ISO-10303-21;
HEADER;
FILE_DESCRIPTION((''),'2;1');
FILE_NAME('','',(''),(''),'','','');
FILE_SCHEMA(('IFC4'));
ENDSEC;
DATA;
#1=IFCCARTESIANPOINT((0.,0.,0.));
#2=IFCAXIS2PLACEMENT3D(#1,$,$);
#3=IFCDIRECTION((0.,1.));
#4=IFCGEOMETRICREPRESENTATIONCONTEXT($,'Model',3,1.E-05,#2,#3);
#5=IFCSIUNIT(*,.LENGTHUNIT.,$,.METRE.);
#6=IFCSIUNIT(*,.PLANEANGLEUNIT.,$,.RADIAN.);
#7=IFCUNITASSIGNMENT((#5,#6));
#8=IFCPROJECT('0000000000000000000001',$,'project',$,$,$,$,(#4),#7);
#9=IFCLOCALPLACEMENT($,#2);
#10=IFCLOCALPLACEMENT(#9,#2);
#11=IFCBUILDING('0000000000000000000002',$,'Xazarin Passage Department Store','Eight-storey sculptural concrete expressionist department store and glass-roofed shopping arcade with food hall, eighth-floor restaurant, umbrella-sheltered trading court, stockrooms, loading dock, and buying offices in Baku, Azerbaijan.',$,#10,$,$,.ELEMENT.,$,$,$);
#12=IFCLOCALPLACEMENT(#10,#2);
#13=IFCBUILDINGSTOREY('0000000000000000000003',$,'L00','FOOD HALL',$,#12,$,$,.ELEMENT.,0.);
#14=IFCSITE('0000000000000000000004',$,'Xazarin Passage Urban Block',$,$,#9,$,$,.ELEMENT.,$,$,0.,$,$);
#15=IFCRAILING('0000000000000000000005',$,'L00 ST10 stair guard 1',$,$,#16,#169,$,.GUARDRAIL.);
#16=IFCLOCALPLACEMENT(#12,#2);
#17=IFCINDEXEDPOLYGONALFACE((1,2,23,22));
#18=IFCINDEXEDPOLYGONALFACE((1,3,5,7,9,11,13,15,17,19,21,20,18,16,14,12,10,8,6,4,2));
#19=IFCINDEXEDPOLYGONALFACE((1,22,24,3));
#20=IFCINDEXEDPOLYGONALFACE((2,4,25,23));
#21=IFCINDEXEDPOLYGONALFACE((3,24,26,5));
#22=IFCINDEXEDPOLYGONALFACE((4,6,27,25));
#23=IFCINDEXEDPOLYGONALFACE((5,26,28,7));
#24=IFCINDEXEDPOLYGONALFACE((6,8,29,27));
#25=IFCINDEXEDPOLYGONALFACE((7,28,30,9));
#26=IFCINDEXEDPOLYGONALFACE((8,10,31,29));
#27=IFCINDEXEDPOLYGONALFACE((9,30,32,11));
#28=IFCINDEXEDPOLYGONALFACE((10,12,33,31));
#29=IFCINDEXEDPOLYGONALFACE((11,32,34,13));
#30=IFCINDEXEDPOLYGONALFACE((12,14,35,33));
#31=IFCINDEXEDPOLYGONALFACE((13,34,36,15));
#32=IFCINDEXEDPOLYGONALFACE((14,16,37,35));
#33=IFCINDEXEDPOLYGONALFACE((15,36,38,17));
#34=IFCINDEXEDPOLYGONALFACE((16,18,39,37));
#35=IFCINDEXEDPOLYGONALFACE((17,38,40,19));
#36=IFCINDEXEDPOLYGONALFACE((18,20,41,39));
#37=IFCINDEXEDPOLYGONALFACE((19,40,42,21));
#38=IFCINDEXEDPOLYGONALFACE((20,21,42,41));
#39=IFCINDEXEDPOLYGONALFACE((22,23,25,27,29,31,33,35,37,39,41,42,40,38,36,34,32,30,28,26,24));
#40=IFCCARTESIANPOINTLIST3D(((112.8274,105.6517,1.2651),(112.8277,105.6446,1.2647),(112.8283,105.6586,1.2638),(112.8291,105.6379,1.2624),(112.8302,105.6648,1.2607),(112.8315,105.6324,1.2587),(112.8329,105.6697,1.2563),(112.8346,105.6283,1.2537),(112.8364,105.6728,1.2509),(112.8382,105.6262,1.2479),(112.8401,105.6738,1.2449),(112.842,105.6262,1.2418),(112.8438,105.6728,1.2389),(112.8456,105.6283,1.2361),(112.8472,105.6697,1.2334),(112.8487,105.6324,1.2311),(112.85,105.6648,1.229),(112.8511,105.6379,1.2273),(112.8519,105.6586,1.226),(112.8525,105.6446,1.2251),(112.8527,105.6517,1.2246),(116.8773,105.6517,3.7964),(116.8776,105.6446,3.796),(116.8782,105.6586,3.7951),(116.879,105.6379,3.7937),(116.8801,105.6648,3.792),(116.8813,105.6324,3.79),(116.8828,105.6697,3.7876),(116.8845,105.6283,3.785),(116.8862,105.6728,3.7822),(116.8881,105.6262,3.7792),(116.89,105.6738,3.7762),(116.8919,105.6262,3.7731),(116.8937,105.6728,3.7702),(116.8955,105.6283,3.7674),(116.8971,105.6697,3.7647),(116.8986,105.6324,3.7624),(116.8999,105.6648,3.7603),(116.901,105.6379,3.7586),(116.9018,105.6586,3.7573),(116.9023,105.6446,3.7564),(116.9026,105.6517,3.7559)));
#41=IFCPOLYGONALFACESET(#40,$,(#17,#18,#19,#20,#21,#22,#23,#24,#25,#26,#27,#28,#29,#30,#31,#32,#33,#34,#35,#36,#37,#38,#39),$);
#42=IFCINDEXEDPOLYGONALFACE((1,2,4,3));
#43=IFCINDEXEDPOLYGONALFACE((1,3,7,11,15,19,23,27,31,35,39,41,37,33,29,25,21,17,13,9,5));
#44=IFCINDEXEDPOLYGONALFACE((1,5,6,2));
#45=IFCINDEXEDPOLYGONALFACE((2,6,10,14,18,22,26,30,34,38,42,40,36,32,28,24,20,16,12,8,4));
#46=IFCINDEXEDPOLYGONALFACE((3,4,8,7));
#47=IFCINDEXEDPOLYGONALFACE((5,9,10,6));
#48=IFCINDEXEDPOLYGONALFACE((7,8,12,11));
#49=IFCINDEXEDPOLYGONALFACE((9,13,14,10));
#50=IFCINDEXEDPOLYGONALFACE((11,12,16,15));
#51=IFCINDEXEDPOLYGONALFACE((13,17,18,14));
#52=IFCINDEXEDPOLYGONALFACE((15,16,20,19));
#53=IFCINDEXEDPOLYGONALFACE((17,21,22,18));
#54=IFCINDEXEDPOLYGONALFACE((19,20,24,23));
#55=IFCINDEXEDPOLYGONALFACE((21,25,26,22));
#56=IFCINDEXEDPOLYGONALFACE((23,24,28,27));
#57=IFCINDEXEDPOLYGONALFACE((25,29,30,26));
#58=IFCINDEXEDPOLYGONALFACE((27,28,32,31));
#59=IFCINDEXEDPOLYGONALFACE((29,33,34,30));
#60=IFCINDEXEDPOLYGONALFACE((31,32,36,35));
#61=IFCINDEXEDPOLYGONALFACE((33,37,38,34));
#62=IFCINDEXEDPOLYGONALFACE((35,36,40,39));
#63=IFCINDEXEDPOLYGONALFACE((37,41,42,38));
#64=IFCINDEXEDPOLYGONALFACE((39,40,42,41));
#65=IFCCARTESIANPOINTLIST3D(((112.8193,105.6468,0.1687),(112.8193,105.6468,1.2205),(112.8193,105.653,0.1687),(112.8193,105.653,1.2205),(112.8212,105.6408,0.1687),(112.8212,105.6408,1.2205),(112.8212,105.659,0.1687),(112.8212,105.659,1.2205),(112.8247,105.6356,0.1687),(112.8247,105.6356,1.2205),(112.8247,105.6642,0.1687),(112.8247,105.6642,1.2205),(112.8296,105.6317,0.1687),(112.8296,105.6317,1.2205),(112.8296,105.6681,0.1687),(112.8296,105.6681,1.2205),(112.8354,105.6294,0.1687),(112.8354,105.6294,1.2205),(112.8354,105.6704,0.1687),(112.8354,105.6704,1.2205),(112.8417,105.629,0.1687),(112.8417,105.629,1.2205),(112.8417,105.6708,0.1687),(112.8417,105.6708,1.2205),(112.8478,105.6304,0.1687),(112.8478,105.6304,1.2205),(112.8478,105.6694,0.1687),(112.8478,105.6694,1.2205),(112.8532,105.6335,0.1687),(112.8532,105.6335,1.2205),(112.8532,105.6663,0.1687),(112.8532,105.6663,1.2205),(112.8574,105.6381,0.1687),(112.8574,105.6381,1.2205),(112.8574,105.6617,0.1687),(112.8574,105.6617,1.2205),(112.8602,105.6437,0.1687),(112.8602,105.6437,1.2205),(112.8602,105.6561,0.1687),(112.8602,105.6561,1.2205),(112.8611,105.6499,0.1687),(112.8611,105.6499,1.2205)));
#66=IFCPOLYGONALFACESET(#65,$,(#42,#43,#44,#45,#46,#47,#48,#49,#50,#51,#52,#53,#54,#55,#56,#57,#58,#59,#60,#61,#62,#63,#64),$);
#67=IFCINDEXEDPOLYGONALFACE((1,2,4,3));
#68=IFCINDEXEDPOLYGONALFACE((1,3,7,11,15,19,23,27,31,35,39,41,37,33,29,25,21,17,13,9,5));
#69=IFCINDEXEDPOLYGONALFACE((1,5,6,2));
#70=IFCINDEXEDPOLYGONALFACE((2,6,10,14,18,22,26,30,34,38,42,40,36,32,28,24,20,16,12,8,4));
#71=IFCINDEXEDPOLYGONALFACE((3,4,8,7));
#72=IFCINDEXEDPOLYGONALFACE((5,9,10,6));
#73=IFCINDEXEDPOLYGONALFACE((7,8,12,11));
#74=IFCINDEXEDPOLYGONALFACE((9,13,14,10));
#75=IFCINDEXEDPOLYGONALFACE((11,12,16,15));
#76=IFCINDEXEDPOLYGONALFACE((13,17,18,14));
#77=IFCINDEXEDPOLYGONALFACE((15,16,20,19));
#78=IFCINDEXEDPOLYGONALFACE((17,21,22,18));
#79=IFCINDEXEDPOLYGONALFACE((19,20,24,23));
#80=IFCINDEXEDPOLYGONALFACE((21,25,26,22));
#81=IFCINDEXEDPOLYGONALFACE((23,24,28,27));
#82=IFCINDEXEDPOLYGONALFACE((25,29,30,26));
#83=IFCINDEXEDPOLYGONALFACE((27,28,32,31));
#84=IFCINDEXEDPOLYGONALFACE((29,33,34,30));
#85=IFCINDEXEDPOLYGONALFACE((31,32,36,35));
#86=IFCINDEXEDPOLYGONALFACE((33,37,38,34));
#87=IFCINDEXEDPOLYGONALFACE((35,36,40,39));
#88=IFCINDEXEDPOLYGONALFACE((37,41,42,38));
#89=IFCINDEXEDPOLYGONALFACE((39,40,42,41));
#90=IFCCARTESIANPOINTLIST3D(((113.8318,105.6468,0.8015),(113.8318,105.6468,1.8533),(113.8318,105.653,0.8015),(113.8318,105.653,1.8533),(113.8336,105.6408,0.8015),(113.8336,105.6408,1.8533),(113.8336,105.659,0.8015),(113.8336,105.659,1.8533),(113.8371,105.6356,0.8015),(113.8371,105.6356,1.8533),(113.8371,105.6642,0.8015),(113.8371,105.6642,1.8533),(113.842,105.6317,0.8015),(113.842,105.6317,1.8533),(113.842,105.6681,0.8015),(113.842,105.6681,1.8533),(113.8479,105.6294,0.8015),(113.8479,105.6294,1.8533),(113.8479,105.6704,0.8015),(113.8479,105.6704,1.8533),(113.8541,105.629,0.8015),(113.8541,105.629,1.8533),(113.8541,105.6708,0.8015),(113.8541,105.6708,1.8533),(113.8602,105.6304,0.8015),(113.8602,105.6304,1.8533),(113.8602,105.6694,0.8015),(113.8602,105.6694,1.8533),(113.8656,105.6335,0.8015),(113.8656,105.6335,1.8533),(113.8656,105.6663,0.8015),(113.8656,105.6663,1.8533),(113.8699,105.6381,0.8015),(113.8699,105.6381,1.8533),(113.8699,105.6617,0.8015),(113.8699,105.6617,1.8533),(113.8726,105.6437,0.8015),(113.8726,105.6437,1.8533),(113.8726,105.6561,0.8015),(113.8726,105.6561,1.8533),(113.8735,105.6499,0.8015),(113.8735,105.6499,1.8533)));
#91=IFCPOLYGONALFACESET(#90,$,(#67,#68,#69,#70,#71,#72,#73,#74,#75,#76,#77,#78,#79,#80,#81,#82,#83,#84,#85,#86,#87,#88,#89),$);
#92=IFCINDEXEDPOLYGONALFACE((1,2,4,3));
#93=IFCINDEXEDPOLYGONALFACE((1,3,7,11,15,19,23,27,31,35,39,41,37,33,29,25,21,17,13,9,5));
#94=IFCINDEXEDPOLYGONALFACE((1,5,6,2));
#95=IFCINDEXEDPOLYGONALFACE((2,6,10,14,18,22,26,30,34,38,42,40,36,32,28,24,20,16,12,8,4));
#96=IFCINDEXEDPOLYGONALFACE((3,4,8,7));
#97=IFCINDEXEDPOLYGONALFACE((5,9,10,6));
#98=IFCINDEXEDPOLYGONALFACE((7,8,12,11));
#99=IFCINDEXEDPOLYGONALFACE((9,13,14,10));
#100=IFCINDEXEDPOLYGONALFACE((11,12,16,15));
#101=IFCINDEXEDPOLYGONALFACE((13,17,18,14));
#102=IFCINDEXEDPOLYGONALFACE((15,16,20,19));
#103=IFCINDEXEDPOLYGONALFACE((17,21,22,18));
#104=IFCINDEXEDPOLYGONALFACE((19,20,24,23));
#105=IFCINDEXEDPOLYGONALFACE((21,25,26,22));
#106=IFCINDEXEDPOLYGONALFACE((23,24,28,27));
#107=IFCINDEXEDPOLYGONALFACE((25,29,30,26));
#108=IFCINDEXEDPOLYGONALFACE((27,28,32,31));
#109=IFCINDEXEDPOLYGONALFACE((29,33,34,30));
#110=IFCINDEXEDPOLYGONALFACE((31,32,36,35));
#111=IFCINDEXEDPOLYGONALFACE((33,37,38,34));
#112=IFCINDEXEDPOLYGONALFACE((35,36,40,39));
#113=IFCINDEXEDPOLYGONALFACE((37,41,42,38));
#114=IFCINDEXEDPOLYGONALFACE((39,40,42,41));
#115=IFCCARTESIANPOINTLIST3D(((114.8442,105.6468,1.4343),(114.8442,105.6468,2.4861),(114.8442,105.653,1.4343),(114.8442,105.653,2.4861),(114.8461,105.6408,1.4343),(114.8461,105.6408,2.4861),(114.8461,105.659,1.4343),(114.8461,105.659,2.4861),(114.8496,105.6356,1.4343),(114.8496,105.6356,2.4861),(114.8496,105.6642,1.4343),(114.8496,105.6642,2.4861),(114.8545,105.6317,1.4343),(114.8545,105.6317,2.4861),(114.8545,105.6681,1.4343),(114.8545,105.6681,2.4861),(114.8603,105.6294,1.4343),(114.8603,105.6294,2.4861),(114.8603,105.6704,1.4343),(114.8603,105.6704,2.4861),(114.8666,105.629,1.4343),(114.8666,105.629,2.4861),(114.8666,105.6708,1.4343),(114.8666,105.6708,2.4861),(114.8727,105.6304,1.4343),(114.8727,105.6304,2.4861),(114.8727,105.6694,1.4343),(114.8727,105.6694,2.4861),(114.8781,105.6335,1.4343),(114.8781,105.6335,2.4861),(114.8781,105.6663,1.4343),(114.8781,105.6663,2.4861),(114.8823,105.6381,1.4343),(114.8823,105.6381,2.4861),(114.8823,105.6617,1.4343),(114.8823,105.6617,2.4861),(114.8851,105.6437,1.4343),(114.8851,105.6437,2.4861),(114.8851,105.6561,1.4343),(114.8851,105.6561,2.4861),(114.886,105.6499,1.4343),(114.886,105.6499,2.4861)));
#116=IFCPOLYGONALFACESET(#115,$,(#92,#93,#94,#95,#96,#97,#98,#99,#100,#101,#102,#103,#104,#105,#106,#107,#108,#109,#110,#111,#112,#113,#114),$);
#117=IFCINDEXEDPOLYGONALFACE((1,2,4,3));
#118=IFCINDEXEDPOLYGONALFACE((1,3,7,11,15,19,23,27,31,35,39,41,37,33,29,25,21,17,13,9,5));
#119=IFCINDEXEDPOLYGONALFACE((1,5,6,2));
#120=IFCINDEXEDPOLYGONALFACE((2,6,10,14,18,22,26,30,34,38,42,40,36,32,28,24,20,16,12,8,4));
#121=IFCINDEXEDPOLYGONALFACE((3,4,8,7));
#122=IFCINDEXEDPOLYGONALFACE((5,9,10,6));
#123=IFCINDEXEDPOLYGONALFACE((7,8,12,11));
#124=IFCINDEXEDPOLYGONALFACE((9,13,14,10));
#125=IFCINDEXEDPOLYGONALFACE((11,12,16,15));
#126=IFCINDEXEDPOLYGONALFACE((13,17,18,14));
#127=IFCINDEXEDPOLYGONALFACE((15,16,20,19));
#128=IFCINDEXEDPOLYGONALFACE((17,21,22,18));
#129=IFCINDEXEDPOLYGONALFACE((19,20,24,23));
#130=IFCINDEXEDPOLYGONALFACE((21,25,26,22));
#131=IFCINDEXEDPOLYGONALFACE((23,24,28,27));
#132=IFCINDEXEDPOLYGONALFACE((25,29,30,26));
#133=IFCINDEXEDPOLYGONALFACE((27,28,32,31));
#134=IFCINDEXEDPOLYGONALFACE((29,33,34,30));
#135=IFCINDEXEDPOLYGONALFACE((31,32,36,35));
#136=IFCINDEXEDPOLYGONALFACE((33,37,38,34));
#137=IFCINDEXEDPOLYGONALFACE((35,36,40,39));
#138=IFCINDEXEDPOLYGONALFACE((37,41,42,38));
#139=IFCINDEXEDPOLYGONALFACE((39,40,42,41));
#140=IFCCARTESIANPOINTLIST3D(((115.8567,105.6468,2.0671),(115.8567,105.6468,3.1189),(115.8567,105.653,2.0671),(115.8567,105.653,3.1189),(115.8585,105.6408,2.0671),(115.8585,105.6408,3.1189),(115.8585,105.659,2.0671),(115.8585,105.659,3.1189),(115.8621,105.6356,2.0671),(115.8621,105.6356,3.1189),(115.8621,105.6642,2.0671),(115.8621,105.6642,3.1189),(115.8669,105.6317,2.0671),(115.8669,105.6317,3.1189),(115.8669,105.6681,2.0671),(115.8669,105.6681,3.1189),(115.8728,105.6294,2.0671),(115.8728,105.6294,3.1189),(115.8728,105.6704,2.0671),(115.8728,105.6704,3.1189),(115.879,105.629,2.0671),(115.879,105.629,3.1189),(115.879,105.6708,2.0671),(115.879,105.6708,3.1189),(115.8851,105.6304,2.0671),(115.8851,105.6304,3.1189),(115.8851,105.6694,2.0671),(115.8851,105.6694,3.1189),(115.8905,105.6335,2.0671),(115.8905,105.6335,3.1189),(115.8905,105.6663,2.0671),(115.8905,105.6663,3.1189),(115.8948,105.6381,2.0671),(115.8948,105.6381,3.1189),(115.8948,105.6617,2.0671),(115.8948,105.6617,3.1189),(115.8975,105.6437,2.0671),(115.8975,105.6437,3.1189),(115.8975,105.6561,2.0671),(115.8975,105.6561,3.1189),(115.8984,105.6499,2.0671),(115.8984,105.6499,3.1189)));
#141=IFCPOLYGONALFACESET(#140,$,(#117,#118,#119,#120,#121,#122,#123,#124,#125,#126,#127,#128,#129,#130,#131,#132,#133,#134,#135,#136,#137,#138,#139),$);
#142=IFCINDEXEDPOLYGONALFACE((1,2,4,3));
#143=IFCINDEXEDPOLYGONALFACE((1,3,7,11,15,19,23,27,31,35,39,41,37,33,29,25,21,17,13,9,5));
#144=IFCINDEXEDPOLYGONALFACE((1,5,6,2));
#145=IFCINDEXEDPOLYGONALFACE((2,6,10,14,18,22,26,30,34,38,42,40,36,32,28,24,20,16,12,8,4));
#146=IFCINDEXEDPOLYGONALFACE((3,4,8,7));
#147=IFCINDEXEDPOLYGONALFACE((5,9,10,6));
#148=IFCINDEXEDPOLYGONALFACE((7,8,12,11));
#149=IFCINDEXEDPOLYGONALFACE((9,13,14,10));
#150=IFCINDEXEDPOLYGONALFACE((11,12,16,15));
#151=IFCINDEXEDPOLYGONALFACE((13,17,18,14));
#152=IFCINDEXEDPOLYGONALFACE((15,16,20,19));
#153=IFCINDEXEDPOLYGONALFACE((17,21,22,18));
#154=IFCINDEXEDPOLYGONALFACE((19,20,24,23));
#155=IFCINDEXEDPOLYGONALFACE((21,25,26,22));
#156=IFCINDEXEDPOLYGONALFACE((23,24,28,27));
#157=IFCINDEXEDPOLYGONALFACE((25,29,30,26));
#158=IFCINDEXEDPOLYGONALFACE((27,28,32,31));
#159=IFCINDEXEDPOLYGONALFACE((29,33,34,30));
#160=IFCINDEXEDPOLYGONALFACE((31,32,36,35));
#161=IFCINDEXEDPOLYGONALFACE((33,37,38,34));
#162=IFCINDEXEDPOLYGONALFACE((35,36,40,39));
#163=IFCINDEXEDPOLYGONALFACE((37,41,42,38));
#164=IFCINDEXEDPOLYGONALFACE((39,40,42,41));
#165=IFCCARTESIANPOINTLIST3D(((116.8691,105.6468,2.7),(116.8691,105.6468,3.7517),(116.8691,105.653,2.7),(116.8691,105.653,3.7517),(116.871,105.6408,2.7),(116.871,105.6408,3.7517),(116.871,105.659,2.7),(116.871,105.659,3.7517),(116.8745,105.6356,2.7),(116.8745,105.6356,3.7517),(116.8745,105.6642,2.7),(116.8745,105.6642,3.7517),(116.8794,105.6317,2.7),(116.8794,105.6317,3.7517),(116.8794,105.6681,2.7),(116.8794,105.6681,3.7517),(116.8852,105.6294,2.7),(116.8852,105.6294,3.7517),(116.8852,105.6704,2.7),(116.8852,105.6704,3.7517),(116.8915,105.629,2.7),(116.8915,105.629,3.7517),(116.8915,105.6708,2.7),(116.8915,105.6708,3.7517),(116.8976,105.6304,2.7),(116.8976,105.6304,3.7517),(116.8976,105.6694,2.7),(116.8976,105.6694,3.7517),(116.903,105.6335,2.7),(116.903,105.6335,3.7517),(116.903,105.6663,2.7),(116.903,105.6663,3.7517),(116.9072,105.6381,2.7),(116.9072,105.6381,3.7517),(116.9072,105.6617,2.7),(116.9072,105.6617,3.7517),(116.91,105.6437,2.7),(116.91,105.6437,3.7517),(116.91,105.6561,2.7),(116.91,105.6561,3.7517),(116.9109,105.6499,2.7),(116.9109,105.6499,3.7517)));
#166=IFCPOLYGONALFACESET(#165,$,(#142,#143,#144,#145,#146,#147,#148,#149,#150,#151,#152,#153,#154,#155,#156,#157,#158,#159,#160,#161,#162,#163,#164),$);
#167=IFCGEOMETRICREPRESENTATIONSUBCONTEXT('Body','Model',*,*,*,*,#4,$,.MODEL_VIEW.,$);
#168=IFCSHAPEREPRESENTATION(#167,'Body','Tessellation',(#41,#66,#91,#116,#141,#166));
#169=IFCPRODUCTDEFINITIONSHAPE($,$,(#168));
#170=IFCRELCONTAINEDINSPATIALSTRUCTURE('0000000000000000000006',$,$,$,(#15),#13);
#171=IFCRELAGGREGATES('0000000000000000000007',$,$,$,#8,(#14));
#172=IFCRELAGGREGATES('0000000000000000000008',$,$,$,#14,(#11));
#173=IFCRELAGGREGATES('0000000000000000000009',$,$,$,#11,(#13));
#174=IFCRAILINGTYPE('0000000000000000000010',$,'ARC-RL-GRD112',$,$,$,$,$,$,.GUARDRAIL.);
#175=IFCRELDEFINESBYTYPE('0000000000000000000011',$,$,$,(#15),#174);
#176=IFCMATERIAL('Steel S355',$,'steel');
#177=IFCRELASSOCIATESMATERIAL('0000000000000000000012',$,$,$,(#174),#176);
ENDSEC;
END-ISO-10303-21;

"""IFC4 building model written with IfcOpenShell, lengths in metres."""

from ifc_helpers import new_model, si_unit, direction, frame, origin, origin_2d, place, context, subcontext, project, spatial, circle, extrude, material, type_object, element, save


model = new_model("IFC4")

# Units and contexts
model_context = context("Model", 3, precision=1e-05, world=origin(), true_north=direction((0.0, 1.0)))
body_context = subcontext(model_context, "Body", "Model", "MODEL_VIEW")
ifc_project = project(units=[si_unit("LENGTHUNIT", "METRE"), si_unit("PLANEANGLEUNIT", "RADIAN")], contexts=[model_context])

# Site, building, storey
site_placement = place(None, origin())
site = spatial("IfcSite", under=ifc_project, at=site_placement, Name="Xazarin Passage Urban Block", CompositionType="ELEMENT", RefElevation=0.0)
building_placement = place(site_placement, origin())
building = spatial("IfcBuilding", under=site, at=building_placement, Name="Xazarin Passage Department Store", Description="Eight-storey sculptural concrete expressionist department store and glass-roofed shopping arcade with food hall, eighth-floor restaurant, umbrella-sheltered trading court, stockrooms, loading dock, and buying offices in Baku, Azerbaijan.", CompositionType="ELEMENT")
storey_placement = place(building_placement, origin())
storey = spatial("IfcBuildingStorey", under=building, at=storey_placement, Name="L00", Description="FOOD HALL", CompositionType="ELEMENT", Elevation=0.0)

# Railing
ifc_material_1 = material(Name="Steel S355", Category="steel")
railing_type_1 = type_object("IfcRailingType", Name="ARC-RL-GRD112", PredefinedType="GUARDRAIL", material=ifc_material_1)
railing_1_placement = place(storey_placement, frame((112.8401, 105.6499, 0.1687)))
element("IfcRailing", 1, at=railing_1_placement, inside=storey, type_object=railing_type_1, Name="L00 ST10 stair guard 1", PredefinedType="GUARDRAIL", context=body_context, shape_type="SweptSolid", body=[
    extrude(circle(Radius=0.0239, at=origin_2d()), frame((0.0, 0.0, 1.0762), z_axis=(0.847987, 0.0, 0.530017), x_axis=(0.0, 1.0, 0.0)), (0.0, 0.0, 1.0), 4.7759),
    extrude(circle(Radius=0.021, at=origin_2d()), origin(), (0.0, 0.0, 1.0), 1.0518),
    extrude(circle(Radius=0.021, at=origin_2d()), frame((1.0125, 0.0, 0.6328)), (0.0, 0.0, 1.0), 1.0518),
    extrude(circle(Radius=0.021, at=origin_2d()), frame((2.0249, 0.0, 1.2656)), (0.0, 0.0, 1.0), 1.0518),
    extrude(circle(Radius=0.021, at=origin_2d()), frame((3.0374, 0.0, 1.8984)), (0.0, 0.0, 1.0), 1.0518),
    extrude(circle(Radius=0.021, at=origin_2d()), frame((4.0498, 0.0, 2.5312)), (0.0, 0.0, 1.0), 1.0518),
])

save(model, "model.ifc")
